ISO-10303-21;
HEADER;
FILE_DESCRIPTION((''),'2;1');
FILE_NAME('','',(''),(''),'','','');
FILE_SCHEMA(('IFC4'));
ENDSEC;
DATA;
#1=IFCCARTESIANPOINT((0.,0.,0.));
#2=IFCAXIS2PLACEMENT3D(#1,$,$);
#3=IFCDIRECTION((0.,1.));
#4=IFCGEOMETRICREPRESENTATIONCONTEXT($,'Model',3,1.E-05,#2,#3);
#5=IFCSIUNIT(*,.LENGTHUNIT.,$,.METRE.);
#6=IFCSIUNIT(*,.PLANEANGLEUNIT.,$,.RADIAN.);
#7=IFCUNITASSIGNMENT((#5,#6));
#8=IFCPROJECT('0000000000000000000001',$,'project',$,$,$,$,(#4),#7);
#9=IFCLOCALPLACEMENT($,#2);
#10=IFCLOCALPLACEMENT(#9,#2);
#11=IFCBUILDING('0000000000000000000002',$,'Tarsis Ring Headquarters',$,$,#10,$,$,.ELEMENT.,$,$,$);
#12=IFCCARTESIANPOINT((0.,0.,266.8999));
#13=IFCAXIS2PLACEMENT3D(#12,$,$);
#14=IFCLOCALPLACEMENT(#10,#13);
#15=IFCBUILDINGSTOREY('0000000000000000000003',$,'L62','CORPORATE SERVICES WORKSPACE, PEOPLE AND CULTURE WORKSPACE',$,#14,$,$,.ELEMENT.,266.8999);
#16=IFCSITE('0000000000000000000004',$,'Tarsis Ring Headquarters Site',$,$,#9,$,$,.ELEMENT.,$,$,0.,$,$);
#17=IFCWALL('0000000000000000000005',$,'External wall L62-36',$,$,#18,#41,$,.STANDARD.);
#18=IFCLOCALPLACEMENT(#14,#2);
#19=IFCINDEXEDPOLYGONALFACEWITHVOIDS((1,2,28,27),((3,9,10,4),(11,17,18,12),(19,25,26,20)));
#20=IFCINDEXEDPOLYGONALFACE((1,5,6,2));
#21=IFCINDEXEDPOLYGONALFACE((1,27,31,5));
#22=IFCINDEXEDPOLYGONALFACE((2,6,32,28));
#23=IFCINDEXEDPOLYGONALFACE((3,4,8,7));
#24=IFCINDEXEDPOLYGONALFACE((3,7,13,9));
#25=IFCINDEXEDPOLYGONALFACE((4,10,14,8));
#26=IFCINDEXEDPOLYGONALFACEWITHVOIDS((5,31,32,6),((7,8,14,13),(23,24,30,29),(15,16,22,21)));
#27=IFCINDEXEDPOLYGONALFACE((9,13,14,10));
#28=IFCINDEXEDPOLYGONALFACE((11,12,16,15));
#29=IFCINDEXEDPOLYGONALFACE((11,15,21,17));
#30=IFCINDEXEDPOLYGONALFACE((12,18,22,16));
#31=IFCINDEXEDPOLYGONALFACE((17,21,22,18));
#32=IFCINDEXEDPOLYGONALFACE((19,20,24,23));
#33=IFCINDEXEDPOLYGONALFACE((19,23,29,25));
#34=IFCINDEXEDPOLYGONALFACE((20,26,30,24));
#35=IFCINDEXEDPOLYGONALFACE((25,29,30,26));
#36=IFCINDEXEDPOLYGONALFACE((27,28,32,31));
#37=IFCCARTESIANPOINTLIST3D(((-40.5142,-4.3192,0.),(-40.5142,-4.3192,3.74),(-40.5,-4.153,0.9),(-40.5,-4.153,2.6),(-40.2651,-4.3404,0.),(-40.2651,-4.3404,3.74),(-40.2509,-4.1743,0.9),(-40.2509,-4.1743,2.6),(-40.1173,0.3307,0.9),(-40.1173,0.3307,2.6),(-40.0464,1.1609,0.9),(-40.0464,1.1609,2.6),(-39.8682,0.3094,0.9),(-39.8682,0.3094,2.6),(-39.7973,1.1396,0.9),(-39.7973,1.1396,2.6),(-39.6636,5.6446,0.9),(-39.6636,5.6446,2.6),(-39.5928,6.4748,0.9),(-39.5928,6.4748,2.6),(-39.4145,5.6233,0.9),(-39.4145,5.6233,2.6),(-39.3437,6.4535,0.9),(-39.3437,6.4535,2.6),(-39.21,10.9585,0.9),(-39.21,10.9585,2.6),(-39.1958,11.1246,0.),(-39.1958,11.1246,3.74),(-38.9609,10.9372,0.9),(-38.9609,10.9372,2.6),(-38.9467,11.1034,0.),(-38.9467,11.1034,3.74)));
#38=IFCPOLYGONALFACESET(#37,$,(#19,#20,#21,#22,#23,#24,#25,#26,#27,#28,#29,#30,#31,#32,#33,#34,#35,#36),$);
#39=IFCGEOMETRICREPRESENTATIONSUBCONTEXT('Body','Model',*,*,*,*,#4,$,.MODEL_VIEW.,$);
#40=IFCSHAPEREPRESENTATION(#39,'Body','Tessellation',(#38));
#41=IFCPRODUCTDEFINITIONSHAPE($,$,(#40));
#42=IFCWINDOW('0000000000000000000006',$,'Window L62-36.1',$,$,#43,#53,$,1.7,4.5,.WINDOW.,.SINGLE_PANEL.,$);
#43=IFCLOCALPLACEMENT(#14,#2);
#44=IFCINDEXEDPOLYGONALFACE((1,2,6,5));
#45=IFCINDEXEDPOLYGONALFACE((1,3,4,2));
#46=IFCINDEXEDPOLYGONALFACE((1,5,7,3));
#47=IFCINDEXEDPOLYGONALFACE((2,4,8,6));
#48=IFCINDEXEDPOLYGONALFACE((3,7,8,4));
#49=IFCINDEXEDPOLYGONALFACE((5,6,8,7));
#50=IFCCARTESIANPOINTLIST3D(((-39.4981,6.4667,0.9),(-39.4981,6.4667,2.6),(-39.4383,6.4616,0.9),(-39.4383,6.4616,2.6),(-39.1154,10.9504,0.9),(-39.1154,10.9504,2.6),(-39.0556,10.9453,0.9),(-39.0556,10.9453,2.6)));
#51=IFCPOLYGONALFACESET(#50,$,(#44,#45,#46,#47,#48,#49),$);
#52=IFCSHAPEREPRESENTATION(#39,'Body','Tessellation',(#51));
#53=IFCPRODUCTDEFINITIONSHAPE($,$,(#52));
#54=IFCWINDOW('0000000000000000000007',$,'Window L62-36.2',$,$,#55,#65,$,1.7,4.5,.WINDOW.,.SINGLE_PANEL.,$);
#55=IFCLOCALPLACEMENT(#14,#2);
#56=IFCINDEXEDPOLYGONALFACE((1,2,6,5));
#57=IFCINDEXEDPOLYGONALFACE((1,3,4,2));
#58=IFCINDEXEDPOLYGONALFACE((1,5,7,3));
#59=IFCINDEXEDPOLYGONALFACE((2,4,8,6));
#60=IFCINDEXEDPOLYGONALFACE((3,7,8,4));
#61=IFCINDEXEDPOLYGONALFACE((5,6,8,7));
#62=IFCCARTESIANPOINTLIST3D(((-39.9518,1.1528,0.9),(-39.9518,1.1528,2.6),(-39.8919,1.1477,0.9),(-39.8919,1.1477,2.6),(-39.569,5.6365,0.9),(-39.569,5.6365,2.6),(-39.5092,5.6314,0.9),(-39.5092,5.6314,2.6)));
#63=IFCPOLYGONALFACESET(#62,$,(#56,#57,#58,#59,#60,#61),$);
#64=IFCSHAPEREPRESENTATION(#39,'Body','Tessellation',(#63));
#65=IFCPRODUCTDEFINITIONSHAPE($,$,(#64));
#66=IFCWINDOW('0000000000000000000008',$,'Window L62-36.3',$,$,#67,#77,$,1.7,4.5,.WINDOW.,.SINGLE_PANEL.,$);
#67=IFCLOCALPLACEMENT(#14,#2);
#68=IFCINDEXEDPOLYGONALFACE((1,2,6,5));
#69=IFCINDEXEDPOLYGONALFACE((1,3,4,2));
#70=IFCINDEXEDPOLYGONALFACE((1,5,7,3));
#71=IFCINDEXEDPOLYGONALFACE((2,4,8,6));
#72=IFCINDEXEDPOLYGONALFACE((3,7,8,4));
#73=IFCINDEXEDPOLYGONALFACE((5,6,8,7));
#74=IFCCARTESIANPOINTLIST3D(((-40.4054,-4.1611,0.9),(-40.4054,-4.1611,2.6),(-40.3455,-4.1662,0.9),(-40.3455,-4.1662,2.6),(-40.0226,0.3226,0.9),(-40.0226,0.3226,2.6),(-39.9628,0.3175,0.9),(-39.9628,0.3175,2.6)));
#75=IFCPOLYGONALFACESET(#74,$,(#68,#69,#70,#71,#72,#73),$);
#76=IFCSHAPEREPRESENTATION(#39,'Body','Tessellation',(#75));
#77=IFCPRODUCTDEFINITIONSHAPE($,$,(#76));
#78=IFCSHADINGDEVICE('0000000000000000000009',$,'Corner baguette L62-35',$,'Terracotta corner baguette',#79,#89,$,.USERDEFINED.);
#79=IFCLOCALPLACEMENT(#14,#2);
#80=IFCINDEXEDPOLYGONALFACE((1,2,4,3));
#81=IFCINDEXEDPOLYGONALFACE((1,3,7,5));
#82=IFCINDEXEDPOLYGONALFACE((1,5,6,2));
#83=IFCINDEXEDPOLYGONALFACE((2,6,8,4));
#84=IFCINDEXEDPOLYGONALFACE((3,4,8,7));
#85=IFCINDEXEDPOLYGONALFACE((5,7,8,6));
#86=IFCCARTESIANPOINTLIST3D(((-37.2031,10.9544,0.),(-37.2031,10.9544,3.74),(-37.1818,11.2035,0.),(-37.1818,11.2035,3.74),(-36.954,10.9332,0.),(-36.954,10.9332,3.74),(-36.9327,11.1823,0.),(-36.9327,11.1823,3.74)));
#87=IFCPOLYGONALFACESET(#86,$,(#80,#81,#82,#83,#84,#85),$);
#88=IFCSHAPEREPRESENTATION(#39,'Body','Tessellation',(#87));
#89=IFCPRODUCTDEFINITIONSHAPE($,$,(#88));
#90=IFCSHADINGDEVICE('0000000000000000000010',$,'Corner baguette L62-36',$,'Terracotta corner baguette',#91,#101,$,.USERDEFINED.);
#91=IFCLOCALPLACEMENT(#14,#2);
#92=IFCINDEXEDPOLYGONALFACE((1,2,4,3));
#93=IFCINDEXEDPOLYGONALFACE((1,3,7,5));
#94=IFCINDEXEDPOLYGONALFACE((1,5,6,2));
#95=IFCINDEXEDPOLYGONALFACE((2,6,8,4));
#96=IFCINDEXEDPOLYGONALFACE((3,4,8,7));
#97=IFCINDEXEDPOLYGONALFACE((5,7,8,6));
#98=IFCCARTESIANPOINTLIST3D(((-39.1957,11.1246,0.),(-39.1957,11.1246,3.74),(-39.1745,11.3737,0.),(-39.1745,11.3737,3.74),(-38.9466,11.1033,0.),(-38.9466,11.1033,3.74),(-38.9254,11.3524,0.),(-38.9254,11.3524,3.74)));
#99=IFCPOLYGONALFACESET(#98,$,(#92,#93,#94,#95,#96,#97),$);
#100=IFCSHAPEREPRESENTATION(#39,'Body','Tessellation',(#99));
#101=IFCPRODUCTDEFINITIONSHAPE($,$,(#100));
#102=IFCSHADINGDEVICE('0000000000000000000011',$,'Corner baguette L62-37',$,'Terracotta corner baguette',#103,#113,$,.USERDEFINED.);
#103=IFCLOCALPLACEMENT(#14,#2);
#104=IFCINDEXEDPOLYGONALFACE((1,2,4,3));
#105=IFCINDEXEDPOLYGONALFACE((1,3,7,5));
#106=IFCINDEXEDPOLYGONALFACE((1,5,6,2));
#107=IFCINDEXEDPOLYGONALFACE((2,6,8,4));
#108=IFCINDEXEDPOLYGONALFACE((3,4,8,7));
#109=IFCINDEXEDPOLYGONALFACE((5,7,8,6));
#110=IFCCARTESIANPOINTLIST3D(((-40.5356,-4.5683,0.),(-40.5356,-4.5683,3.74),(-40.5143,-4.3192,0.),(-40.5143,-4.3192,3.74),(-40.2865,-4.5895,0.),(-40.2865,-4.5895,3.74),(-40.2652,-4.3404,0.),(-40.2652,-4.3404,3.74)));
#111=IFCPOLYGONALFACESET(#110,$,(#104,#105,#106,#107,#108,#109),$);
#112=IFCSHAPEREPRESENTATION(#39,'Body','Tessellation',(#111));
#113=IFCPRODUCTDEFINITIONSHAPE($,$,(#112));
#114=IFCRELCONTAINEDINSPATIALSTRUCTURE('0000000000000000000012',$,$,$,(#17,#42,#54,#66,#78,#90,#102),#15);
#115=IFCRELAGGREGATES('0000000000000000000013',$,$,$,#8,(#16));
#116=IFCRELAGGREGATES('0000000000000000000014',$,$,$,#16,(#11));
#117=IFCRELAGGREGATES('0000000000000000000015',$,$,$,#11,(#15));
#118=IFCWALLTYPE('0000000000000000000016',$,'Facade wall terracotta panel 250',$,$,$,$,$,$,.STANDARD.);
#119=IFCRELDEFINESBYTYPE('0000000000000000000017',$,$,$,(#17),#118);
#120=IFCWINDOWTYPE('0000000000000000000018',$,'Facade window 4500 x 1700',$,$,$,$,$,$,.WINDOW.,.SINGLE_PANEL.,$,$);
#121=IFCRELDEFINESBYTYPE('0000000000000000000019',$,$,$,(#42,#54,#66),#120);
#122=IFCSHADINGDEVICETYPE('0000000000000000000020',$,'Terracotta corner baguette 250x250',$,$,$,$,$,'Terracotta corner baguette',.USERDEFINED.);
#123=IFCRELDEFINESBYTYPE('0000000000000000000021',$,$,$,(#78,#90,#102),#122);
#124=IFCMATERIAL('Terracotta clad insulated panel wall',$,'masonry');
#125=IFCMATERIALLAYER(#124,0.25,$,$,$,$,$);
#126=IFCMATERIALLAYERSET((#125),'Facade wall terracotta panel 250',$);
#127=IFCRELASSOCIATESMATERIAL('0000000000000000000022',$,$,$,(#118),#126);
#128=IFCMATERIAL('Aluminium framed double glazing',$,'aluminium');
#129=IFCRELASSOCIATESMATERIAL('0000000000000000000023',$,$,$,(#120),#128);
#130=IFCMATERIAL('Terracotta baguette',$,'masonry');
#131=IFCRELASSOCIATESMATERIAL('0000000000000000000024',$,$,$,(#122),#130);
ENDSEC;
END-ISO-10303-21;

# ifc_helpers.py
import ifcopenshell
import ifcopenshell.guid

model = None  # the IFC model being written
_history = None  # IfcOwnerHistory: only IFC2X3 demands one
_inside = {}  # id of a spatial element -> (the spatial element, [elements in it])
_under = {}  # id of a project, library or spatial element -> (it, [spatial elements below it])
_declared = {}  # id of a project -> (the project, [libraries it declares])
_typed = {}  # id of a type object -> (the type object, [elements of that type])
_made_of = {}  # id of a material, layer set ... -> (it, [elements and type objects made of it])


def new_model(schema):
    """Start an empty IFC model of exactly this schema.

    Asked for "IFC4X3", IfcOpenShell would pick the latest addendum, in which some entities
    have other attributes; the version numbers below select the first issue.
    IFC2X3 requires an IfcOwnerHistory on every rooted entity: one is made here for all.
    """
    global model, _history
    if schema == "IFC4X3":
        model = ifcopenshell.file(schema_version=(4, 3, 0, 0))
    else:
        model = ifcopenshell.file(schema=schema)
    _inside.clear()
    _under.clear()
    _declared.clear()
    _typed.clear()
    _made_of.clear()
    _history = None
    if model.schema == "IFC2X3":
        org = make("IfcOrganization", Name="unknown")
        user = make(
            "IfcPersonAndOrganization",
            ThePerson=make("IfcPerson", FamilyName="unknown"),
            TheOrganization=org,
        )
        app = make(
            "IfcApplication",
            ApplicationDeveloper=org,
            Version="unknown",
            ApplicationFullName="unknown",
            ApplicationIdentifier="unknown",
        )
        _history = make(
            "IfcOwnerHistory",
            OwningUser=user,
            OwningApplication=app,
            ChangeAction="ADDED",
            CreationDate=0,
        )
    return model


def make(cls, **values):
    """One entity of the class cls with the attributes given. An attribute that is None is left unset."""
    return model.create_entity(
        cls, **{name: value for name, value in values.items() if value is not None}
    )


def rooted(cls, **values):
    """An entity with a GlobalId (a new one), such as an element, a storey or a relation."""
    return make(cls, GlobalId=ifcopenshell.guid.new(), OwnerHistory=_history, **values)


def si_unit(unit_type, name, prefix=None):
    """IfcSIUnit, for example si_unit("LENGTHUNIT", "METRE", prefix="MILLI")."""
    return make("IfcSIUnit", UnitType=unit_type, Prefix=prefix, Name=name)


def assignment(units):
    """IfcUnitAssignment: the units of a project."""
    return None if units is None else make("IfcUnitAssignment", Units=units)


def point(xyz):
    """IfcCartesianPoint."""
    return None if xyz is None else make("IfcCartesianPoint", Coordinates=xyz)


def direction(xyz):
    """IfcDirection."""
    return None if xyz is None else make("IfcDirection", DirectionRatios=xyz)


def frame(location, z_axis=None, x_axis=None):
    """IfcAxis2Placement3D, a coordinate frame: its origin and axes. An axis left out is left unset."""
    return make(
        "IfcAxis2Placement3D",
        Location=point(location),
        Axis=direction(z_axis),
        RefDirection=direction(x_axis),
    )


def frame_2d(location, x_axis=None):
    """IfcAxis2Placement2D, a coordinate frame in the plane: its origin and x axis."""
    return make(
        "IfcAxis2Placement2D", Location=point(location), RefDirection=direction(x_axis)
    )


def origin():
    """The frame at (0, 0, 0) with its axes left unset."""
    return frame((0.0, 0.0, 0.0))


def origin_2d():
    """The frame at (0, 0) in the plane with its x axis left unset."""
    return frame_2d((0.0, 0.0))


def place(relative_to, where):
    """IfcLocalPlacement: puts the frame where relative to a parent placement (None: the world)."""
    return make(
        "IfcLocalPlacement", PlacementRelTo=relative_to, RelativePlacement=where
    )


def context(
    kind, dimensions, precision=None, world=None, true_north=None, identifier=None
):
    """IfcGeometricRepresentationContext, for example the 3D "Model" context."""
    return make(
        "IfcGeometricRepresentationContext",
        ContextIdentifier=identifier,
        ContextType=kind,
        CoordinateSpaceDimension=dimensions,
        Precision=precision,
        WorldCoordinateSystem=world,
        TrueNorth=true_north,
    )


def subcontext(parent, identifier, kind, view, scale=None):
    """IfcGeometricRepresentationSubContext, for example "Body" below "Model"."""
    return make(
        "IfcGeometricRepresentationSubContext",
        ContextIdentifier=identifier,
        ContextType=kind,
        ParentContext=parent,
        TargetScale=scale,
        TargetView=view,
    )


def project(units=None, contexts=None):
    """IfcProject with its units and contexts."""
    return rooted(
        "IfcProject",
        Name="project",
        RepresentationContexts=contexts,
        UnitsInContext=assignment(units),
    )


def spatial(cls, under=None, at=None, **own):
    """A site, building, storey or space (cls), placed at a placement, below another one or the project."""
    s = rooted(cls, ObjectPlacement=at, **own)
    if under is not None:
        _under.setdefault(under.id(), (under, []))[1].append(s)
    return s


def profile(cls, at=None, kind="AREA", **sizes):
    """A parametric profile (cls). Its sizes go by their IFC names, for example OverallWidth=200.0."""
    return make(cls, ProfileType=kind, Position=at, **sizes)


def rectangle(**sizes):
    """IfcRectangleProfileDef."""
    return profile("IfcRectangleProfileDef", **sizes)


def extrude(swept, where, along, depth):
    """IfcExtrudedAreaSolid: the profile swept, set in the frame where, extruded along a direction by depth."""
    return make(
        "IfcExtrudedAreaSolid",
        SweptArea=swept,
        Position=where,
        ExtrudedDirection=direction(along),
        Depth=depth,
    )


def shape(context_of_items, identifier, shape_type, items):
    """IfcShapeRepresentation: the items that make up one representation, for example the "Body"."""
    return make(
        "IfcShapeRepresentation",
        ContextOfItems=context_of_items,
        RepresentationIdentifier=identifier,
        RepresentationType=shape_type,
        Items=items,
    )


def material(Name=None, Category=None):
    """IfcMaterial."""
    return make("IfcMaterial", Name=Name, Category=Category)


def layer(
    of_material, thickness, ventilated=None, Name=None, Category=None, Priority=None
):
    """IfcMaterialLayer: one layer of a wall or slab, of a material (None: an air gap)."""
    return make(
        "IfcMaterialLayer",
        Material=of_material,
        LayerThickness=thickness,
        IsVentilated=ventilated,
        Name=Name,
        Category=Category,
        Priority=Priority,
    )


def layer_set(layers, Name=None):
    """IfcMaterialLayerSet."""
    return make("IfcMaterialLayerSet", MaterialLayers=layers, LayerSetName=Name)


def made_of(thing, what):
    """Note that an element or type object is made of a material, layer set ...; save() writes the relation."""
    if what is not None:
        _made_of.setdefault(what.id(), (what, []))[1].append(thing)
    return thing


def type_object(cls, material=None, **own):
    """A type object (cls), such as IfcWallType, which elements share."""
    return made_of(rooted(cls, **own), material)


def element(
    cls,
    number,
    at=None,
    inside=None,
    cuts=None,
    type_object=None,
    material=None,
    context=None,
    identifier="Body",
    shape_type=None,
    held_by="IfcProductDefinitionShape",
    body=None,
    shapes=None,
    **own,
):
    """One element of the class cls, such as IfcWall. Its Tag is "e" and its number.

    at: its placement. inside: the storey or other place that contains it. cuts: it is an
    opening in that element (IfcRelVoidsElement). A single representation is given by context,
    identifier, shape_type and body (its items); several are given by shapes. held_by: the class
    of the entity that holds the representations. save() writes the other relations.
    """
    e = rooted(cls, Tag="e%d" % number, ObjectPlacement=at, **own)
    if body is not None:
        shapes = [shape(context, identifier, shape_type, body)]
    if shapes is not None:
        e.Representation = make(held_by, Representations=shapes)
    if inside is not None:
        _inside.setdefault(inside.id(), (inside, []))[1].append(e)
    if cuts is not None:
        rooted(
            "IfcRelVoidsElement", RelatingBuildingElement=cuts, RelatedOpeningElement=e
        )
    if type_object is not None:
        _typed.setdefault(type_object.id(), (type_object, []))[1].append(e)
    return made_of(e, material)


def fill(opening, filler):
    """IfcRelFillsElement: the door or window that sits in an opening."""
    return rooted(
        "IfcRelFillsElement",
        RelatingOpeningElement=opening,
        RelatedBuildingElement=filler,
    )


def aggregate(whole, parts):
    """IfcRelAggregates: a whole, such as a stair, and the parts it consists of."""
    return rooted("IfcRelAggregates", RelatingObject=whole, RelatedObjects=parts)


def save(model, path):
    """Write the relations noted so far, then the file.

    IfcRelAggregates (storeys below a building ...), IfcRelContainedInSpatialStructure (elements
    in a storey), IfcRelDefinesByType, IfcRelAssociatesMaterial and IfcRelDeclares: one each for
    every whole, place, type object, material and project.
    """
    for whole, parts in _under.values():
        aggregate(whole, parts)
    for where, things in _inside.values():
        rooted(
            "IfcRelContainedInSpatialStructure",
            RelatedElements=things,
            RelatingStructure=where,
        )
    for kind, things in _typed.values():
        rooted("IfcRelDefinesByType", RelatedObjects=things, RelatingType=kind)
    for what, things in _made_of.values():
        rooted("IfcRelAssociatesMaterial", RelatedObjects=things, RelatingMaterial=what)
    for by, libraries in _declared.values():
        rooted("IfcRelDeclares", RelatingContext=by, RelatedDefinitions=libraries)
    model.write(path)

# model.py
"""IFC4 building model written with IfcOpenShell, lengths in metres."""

from ifc_helpers import new_model, si_unit, direction, frame, frame_2d, origin, origin_2d, place, context, subcontext, project, spatial, rectangle, extrude, material, layer, layer_set, type_object, element, fill, save


model = new_model("IFC4")

# Units and contexts
model_context = context("Model", 3, precision=1e-05, world=origin(), true_north=direction((0.0, 1.0)))
body_context = subcontext(model_context, "Body", "Model", "MODEL_VIEW")
ifc_project = project(units=[si_unit("LENGTHUNIT", "METRE"), si_unit("PLANEANGLEUNIT", "RADIAN")], contexts=[model_context])

# Site, building, storey
site_placement = place(None, origin())
site = spatial("IfcSite", under=ifc_project, at=site_placement, Name="Tarsis Ring Headquarters Site", CompositionType="ELEMENT", RefElevation=0.0)
building_placement = place(site_placement, origin())
building = spatial("IfcBuilding", under=site, at=building_placement, Name="Tarsis Ring Headquarters", CompositionType="ELEMENT")
storey_placement = place(building_placement, frame((0.0, 0.0, 266.8999)))
storey = spatial("IfcBuildingStorey", under=building, at=storey_placement, Name="L62", Description="CORPORATE SERVICES WORKSPACE, PEOPLE AND CULTURE WORKSPACE", CompositionType="ELEMENT", Elevation=266.8999)

# Shared definitions
ifc_material_1 = material(Name="Terracotta clad insulated panel wall", Category="masonry")
ifc_layer_1 = layer(ifc_material_1, 0.25)
ifc_layer_set_1 = layer_set([ifc_layer_1], Name="Facade wall terracotta panel 250")
wall_type_1 = type_object("IfcWallType", Name="Facade wall terracotta panel 250", PredefinedType="STANDARD", material=ifc_layer_set_1)

# Wall, openings, windows
wall_1_placement = place(storey_placement, frame((-39.0713, 11.114, 0.0), z_axis=(0.0, 0.0, 1.0), x_axis=(-0.085055, -0.996376, 0.0)))
wall_1 = element("IfcWall", 1, at=wall_1_placement, inside=storey, type_object=wall_type_1, Name="External wall L62-36", PredefinedType="STANDARD", context=body_context, shape_type="SweptSolid", body=[
    extrude(rectangle(XDim=15.5, YDim=0.25, at=frame_2d((7.75, 0.0))), origin(), (0.0, 0.0, 1.0), 3.74),
])
opening_1_placement = place(wall_1_placement, frame((0.1667, 0.0, 0.8999)))
opening_1 = element("IfcOpeningElement", 2, at=opening_1_placement, cuts=wall_1, PredefinedType="OPENING", context=body_context, shape_type="SweptSolid", body=[
    extrude(rectangle(XDim=4.5, YDim=1.7, at=frame_2d((2.25, 0.8501))), frame((0.0, 0.135, 0.0), z_axis=(0.0, -1.0, 0.0), x_axis=(1.0, 0.0, 0.0)), (0.0, 0.0, 1.0), 0.27),
])
opening_2_placement = place(wall_1_placement, frame((5.5, 0.0, 0.8999)))
opening_2 = element("IfcOpeningElement", 3, at=opening_2_placement, cuts=wall_1, PredefinedType="OPENING", context=body_context, shape_type="SweptSolid", body=[
    extrude(rectangle(XDim=4.5, YDim=1.7, at=frame_2d((2.25, 0.8501))), frame((0.0, 0.135, 0.0), z_axis=(0.0, -1.0, 0.0), x_axis=(1.0, 0.0, 0.0)), (0.0, 0.0, 1.0), 0.27),
])
opening_3_placement = place(wall_1_placement, frame((10.8333, 0.0, 0.8999)))
opening_3 = element("IfcOpeningElement", 4, at=opening_3_placement, cuts=wall_1, PredefinedType="OPENING", context=body_context, shape_type="SweptSolid", body=[
    extrude(rectangle(XDim=4.5, YDim=1.7, at=frame_2d((2.25, 0.8501))), frame((0.0, 0.135, 0.0), z_axis=(0.0, -1.0, 0.0), x_axis=(1.0, 0.0, 0.0)), (0.0, 0.0, 1.0), 0.27),
])
ifc_material_2 = material(Name="Aluminium framed double glazing", Category="aluminium")
window_type = type_object("IfcWindowType", Name="Facade window 4500 x 1700", PartitioningType="SINGLE_PANEL", PredefinedType="WINDOW", material=ifc_material_2)
window_1_placement = place(opening_1_placement, origin())
window_1 = element("IfcWindow", 5, at=window_1_placement, inside=storey, type_object=window_type, Name="Window L62-36.1", OverallHeight=1.7, OverallWidth=4.5, PartitioningType="SINGLE_PANEL", PredefinedType="WINDOW", context=body_context, shape_type="SweptSolid", body=[
    extrude(rectangle(XDim=4.5, YDim=1.7, at=frame_2d((2.25, 0.8501))), frame((0.0, 0.03, 0.0), z_axis=(0.0, -1.0, 0.0), x_axis=(1.0, 0.0, 0.0)), (0.0, 0.0, 1.0), 0.0601),
])
fill(opening_1, window_1)
window_2_placement = place(opening_2_placement, origin())
window_2 = element("IfcWindow", 6, at=window_2_placement, inside=storey, type_object=window_type, Name="Window L62-36.2", OverallHeight=1.7, OverallWidth=4.5, PartitioningType="SINGLE_PANEL", PredefinedType="WINDOW", context=body_context, shape_type="SweptSolid", body=[
    extrude(rectangle(XDim=4.5, YDim=1.7, at=frame_2d((2.25, 0.8501))), frame((0.0, 0.03, 0.0), z_axis=(0.0, -1.0, 0.0), x_axis=(1.0, 0.0, 0.0)), (0.0, 0.0, 1.0), 0.0601),
])
fill(opening_2, window_2)
window_3_placement = place(opening_3_placement, origin())
window_3 = element("IfcWindow", 7, at=window_3_placement, inside=storey, type_object=window_type, Name="Window L62-36.3", OverallHeight=1.7, OverallWidth=4.5, PartitioningType="SINGLE_PANEL", PredefinedType="WINDOW", context=body_context, shape_type="SweptSolid", body=[
    extrude(rectangle(XDim=4.5, YDim=1.7, at=frame_2d((2.25, 0.8501))), frame((0.0, 0.03, 0.0), z_axis=(0.0, -1.0, 0.0), x_axis=(1.0, 0.0, 0.0)), (0.0, 0.0, 1.0), 0.0601),
])
fill(opening_3, window_3)

# Shading devices
ifc_material_3 = material(Name="Terracotta baguette", Category="masonry")
shading_device_type_1 = type_object("IfcShadingDeviceType", Name="Terracotta corner baguette 250x250", ElementType="Terracotta corner baguette", PredefinedType="USERDEFINED", material=ifc_material_3)
for number, where, z_axis, x_axis, name in (
    (8, (-37.0679, 11.0684, 0.0), (0.0, 0.0, 1.0), (-0.085069, -0.996375, 0.0), "Corner baguette L62-35"),
    (9, (-39.0605, 11.2385, 0.0), (0.0, 0.0, 1.0), (-0.996375, 0.085069, 0.0), "Corner baguette L62-36"),
    (10, (-40.4004, -4.4543, 0.0), (0.0, 0.0, 1.0), (-0.085069, -0.996375, 0.0), "Corner baguette L62-37"),
):
    element("IfcShadingDevice", number, at=place(storey_placement, frame(where, z_axis=z_axis, x_axis=x_axis)), inside=storey, type_object=shading_device_type_1, Name=name, ObjectType="Terracotta corner baguette", PredefinedType="USERDEFINED", context=body_context, shape_type="SweptSolid", body=[
        extrude(rectangle(XDim=0.25, YDim=0.25, at=origin_2d()), origin(), (0.0, 0.0, 1.0), 3.74),
    ])

save(model, "model.ifc")
